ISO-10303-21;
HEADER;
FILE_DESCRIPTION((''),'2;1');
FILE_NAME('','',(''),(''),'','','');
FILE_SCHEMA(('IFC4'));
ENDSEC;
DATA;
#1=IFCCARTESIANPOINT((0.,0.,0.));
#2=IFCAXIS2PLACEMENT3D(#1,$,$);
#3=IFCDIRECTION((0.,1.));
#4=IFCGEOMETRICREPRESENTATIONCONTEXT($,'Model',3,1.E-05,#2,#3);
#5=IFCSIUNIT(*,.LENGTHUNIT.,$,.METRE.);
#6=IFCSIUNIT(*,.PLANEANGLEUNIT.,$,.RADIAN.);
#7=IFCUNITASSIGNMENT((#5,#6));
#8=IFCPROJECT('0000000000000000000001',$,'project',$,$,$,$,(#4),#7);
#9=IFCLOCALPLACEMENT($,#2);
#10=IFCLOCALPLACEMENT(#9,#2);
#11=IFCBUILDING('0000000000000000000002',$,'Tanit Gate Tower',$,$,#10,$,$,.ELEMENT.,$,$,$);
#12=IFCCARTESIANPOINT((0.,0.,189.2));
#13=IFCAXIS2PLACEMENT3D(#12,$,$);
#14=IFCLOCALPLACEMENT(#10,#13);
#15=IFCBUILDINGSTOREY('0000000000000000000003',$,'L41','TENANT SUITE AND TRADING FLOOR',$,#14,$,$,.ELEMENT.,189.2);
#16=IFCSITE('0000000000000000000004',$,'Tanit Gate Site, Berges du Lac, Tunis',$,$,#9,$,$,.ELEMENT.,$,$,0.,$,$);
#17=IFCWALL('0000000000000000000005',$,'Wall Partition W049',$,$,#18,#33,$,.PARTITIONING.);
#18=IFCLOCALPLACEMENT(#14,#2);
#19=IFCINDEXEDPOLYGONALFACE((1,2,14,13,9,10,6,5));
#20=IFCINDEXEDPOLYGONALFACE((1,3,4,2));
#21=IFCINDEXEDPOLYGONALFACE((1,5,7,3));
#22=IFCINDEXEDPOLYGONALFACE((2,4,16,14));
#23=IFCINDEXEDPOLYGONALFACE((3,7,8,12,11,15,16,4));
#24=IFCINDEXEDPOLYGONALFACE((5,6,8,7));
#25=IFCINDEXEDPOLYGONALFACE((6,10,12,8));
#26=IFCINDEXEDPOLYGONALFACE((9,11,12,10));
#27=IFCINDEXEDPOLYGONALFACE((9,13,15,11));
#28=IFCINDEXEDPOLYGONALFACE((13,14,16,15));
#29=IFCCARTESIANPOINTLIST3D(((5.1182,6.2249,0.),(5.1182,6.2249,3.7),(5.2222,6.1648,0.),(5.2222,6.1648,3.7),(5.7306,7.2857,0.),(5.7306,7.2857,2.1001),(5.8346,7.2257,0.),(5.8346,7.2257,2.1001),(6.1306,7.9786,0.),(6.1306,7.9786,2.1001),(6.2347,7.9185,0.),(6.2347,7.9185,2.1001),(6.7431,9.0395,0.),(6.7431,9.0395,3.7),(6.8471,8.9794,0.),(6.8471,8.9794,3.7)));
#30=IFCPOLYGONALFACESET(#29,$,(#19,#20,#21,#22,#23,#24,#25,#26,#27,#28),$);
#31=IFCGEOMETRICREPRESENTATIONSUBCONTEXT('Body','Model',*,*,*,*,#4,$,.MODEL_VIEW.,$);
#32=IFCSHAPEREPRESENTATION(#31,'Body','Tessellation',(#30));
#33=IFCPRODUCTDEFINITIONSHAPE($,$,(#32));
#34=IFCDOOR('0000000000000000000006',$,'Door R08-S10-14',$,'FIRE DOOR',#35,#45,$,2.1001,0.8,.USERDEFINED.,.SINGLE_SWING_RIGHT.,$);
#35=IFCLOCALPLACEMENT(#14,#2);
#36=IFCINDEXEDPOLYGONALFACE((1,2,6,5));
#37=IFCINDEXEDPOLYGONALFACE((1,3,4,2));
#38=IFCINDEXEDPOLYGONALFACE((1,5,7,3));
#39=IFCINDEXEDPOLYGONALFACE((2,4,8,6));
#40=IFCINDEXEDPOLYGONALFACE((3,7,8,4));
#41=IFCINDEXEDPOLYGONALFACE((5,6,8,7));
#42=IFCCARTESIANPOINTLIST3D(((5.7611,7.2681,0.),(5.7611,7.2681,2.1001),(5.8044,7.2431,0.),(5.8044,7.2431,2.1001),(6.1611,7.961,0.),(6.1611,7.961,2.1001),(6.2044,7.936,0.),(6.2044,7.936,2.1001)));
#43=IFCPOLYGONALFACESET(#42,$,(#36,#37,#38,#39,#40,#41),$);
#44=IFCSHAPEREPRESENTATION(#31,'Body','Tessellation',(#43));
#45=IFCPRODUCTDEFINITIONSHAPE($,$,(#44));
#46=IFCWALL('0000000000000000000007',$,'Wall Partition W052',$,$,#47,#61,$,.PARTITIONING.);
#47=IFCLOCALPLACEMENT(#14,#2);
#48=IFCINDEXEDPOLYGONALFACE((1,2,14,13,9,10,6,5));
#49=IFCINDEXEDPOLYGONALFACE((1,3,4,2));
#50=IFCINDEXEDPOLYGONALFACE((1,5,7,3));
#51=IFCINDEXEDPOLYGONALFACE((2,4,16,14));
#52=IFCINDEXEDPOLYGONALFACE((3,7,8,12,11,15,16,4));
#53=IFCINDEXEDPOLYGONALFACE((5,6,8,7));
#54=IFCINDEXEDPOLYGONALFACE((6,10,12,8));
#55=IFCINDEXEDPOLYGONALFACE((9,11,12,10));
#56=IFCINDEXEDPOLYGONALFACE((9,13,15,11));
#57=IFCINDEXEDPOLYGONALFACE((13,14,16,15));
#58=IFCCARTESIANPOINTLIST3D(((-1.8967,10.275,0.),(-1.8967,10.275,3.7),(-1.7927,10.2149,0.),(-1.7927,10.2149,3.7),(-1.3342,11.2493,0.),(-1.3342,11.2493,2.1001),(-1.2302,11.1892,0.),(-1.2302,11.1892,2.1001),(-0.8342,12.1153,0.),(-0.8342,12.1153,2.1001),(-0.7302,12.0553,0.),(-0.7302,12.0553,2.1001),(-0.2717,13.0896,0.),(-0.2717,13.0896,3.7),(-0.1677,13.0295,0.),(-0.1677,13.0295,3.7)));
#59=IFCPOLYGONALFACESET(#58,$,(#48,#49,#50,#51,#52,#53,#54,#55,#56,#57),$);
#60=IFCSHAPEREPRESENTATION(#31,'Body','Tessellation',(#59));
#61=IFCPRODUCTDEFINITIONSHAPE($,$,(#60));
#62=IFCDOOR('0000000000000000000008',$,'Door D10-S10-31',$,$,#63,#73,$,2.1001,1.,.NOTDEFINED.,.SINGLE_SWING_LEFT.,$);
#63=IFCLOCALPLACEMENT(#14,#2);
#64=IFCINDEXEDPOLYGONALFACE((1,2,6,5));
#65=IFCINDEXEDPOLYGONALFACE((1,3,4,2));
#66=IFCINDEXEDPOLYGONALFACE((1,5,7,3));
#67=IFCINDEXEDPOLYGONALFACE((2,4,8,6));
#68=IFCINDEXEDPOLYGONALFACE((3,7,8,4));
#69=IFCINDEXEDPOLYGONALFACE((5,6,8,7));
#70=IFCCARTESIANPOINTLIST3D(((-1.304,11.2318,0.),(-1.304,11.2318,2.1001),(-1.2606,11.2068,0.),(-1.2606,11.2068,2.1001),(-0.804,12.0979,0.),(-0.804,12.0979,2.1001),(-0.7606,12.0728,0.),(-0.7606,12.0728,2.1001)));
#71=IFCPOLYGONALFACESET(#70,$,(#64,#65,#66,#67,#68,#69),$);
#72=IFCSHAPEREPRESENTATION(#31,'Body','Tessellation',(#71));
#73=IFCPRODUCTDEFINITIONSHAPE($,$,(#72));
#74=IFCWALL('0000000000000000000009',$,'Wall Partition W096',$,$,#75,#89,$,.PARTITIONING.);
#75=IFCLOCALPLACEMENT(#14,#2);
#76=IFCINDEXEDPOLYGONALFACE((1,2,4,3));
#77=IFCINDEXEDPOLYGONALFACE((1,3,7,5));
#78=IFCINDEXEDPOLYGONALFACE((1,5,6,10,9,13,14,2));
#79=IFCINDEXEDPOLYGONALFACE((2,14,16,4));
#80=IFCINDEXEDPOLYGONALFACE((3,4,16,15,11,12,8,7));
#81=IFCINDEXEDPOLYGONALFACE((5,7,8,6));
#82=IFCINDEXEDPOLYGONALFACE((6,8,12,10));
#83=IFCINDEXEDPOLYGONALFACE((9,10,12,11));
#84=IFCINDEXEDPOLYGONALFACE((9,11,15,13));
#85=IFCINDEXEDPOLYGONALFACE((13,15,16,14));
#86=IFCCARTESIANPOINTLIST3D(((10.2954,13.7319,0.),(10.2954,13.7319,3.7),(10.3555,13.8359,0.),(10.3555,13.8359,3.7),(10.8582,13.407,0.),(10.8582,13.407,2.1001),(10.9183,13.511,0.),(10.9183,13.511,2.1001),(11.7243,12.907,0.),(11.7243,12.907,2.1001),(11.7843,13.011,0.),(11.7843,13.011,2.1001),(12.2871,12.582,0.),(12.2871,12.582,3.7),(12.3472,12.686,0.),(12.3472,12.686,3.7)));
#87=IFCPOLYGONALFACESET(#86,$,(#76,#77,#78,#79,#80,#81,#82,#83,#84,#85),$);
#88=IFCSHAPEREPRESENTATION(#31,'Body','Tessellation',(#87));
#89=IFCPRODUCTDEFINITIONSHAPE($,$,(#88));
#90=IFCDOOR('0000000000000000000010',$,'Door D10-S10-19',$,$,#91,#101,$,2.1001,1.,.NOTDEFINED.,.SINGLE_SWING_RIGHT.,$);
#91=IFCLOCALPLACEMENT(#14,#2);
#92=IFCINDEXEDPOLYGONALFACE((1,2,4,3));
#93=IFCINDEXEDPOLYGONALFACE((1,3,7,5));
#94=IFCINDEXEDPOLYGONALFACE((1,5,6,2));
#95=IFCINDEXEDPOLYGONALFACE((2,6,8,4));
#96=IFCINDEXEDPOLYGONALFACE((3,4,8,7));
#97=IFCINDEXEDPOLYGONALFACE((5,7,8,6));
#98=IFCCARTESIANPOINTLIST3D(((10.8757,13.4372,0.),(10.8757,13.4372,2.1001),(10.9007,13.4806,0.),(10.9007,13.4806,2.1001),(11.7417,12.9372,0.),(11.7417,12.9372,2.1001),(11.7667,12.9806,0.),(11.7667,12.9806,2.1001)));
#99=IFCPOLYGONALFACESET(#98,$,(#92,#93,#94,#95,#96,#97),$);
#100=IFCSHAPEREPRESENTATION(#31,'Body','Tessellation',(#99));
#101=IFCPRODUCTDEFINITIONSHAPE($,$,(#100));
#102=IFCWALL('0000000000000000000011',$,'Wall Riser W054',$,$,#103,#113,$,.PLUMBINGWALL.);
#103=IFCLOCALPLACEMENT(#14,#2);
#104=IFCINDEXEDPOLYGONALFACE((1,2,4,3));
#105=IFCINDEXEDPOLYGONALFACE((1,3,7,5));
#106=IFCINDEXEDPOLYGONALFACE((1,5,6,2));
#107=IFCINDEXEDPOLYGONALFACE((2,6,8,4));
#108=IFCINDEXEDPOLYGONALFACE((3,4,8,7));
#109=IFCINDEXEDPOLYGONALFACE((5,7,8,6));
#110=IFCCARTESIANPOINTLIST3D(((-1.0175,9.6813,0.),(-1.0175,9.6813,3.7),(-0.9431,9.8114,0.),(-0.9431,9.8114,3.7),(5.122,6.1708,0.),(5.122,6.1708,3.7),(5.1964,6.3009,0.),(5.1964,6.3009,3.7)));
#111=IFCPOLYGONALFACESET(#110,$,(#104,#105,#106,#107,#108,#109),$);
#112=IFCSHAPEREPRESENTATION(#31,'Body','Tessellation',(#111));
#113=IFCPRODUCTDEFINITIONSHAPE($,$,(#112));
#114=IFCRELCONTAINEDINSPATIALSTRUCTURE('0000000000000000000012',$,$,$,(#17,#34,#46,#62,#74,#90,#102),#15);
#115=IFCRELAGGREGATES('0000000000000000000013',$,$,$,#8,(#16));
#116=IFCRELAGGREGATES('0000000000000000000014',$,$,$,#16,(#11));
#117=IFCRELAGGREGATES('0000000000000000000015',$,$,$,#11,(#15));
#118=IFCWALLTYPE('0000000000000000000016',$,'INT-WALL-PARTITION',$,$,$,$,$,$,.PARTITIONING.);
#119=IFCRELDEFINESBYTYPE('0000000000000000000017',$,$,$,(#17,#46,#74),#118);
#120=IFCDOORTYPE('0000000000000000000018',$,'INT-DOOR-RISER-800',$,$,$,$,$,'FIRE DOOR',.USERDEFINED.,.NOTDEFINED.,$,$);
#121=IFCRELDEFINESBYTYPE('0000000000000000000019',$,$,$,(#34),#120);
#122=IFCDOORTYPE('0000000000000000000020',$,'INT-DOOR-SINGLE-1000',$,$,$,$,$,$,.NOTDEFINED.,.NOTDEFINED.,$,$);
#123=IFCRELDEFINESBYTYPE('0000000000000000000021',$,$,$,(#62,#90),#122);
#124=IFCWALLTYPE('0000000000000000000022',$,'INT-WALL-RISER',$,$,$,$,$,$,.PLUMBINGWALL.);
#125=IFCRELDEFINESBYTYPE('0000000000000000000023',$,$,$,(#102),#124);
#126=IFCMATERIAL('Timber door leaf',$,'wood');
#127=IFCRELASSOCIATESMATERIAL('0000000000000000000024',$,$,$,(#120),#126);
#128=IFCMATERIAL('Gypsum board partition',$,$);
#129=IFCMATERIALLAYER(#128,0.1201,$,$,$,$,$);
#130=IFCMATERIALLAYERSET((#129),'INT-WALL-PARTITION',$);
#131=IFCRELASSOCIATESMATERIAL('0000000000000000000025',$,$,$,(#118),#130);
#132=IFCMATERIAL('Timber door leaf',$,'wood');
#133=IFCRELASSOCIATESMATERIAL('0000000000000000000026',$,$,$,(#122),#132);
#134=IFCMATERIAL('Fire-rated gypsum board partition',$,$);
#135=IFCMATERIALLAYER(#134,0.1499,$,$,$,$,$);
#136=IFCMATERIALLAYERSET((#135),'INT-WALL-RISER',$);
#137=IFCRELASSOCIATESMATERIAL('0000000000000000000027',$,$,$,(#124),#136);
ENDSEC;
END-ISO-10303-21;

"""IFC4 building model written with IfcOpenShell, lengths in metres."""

from ifc_helpers import new_model, si_unit, direction, frame, frame_2d, origin, place, context, subcontext, project, spatial, rectangle, extrude, material, layer, layer_set, type_object, element, fill, save


model = new_model("IFC4")

# Units and contexts
model_context = context("Model", 3, precision=1e-05, world=origin(), true_north=direction((0.0, 1.0)))
body_context = subcontext(model_context, "Body", "Model", "MODEL_VIEW")
ifc_project = project(units=[si_unit("LENGTHUNIT", "METRE"), si_unit("PLANEANGLEUNIT", "RADIAN")], contexts=[model_context])

# Site, building, storey
site_placement = place(None, origin())
site = spatial("IfcSite", under=ifc_project, at=site_placement, Name="Tanit Gate Site, Berges du Lac, Tunis", CompositionType="ELEMENT", RefElevation=0.0)
building_placement = place(site_placement, origin())
building = spatial("IfcBuilding", under=site, at=building_placement, Name="Tanit Gate Tower", CompositionType="ELEMENT")
storey_placement = place(building_placement, frame((0.0, 0.0, 189.2)))
storey = spatial("IfcBuildingStorey", under=building, at=storey_placement, Name="L41", Description="TENANT SUITE AND TRADING FLOOR", CompositionType="ELEMENT", Elevation=189.2)

# Shared definitions
ifc_material_1 = material(Name="Timber door leaf", Category="wood")
door_type_1 = type_object("IfcDoorType", Name="INT-DOOR-RISER-800", ElementType="FIRE DOOR", OperationType="NOTDEFINED", PredefinedType="USERDEFINED", material=ifc_material_1)

# Walls, openings, doors
ifc_material_2 = material(Name="Gypsum board partition")
ifc_layer_1 = layer(ifc_material_2, 0.1201)
ifc_layer_set_1 = layer_set([ifc_layer_1], Name="INT-WALL-PARTITION")
wall_type_1 = type_object("IfcWallType", Name="INT-WALL-PARTITION", PredefinedType="PARTITIONING", material=ifc_layer_set_1)
wall_1_placement = place(storey_placement, frame((5.1702, 6.1948, 0.0), z_axis=(0.0, 0.0, 1.0), x_axis=(0.499985, 0.866034, 0.0)))
wall_1 = element("IfcWall", 1, at=wall_1_placement, inside=storey, type_object=wall_type_1, Name="Wall Partition W049", PredefinedType="PARTITIONING", context=body_context, shape_type="SweptSolid", body=[
    extrude(rectangle(XDim=3.25, YDim=0.1201, at=frame_2d((1.625, 0.0))), origin(), (0.0, 0.0, 1.0), 3.7),
])
opening_1_placement = place(wall_1_placement, frame((1.2251, 0.0, 0.0)))
opening_1 = element("IfcOpeningElement", 2, at=opening_1_placement, cuts=wall_1, PredefinedType="OPENING", context=body_context, shape_type="SweptSolid", body=[
    extrude(rectangle(XDim=0.8, YDim=2.1001, at=frame_2d((0.3999, 1.05))), frame((0.0, 0.0701, 0.0), z_axis=(0.0, -1.0, 0.0), x_axis=(1.0, 0.0, 0.0)), (0.0, 0.0, 1.0), 0.1401),
])
door_1_placement = place(opening_1_placement, origin())
door_1 = element("IfcDoor", 3, at=door_1_placement, inside=storey, type_object=door_type_1, Name="Door R08-S10-14", ObjectType="FIRE DOOR", OperationType="SINGLE_SWING_RIGHT", OverallHeight=2.1001, OverallWidth=0.8, PredefinedType="USERDEFINED", context=body_context, shape_type="SweptSolid", body=[
    extrude(rectangle(XDim=0.8, YDim=2.1001, at=frame_2d((0.3999, 1.05))), frame((0.0, 0.0249, 0.0), z_axis=(0.0, -1.0, 0.0), x_axis=(1.0, 0.0, 0.0)), (0.0, 0.0, 1.0), 0.05),
])
fill(opening_1, door_1)
wall_2_placement = place(storey_placement, frame((-0.2197, 13.0596, 0.0), z_axis=(0.0, 0.0, 1.0), x_axis=(-0.499985, -0.866034, 0.0)))
wall_2 = element("IfcWall", 4, at=wall_2_placement, inside=storey, type_object=wall_type_1, Name="Wall Partition W052", PredefinedType="PARTITIONING", context=body_context, shape_type="SweptSolid", body=[
    extrude(rectangle(XDim=3.25, YDim=0.1201, at=frame_2d((1.625, 0.0))), origin(), (0.0, 0.0, 1.0), 3.7),
])
opening_2_placement = place(wall_2_placement, frame((1.125, 0.0, 0.0)))
opening_2 = element("IfcOpeningElement", 5, at=opening_2_placement, cuts=wall_2, PredefinedType="OPENING", context=body_context, shape_type="SweptSolid", body=[
    extrude(rectangle(XDim=1.0, YDim=2.1001, at=frame_2d((0.5, 1.05))), frame((0.0, 0.0701, 0.0), z_axis=(0.0, -1.0, 0.0), x_axis=(1.0, 0.0, 0.0)), (0.0, 0.0, 1.0), 0.1401),
])
ifc_material_3 = material(Name="Timber door leaf", Category="wood")
door_type_2 = type_object("IfcDoorType", Name="INT-DOOR-SINGLE-1000", OperationType="NOTDEFINED", PredefinedType="NOTDEFINED", material=ifc_material_3)
door_2_placement = place(opening_2_placement, origin())
door_2 = element("IfcDoor", 6, at=door_2_placement, inside=storey, type_object=door_type_2, Name="Door D10-S10-31", OperationType="SINGLE_SWING_LEFT", OverallHeight=2.1001, OverallWidth=1.0, PredefinedType="NOTDEFINED", context=body_context, shape_type="SweptSolid", body=[
    extrude(rectangle(XDim=1.0, YDim=2.1001, at=frame_2d((0.5, 1.05))), frame((0.0, 0.0249, 0.0), z_axis=(0.0, -1.0, 0.0), x_axis=(1.0, 0.0, 0.0)), (0.0, 0.0, 1.0), 0.05),
])
fill(opening_2, door_2)
wall_3_placement = place(storey_placement, frame((10.3254, 13.7839, 0.0), z_axis=(0.0, 0.0, 1.0), x_axis=(0.866026, -0.499998, 0.0)))
wall_3 = element("IfcWall", 7, at=wall_3_placement, inside=storey, type_object=wall_type_1, Name="Wall Partition W096", PredefinedType="PARTITIONING", context=body_context, shape_type="SweptSolid", body=[
    extrude(rectangle(XDim=2.2998, YDim=0.1201, at=frame_2d((1.1499, 0.0))), origin(), (0.0, 0.0, 1.0), 3.7),
])
opening_3_placement = place(wall_3_placement, frame((0.6499, 0.0, 0.0)))
opening_3 = element("IfcOpeningElement", 8, at=opening_3_placement, cuts=wall_3, PredefinedType="OPENING", context=body_context, shape_type="SweptSolid", body=[
    extrude(rectangle(XDim=1.0, YDim=2.1001, at=frame_2d((0.5, 1.05))), frame((0.0, 0.0701, 0.0), z_axis=(0.0, -1.0, 0.0), x_axis=(1.0, 0.0, 0.0)), (0.0, 0.0, 1.0), 0.1401),
])
door_3_placement = place(opening_3_placement, origin())
door_3 = element("IfcDoor", 9, at=door_3_placement, inside=storey, type_object=door_type_2, Name="Door D10-S10-19", OperationType="SINGLE_SWING_RIGHT", OverallHeight=2.1001, OverallWidth=1.0, PredefinedType="NOTDEFINED", context=body_context, shape_type="SweptSolid", body=[
    extrude(rectangle(XDim=1.0, YDim=2.1001, at=frame_2d((0.5, 1.05))), frame((0.0, 0.0249, 0.0), z_axis=(0.0, -1.0, 0.0), x_axis=(1.0, 0.0, 0.0)), (0.0, 0.0, 1.0), 0.05),
])
fill(opening_3, door_3)

# Wall
ifc_material_4 = material(Name="Fire-rated gypsum board partition")
ifc_layer_2 = layer(ifc_material_4, 0.1499)
ifc_layer_set_2 = layer_set([ifc_layer_2], Name="INT-WALL-RISER")
wall_type_2 = type_object("IfcWallType", Name="INT-WALL-RISER", PredefinedType="PLUMBINGWALL", material=ifc_layer_set_2)
wall_4_placement = place(storey_placement, frame((5.1592, 6.2358, 0.0), z_axis=(0.0, 0.0, 1.0), x_axis=(-0.868105, 0.496381, 0.0)))
element("IfcWall", 10, at=wall_4_placement, inside=storey, type_object=wall_type_2, Name="Wall Riser W054", PredefinedType="PLUMBINGWALL", context=body_context, shape_type="SweptSolid", body=[
    extrude(rectangle(XDim=7.0723, YDim=0.1499, at=frame_2d((3.5361, 0.0))), origin(), (0.0, 0.0, 1.0), 3.7),
])

save(model, "model.ifc")
